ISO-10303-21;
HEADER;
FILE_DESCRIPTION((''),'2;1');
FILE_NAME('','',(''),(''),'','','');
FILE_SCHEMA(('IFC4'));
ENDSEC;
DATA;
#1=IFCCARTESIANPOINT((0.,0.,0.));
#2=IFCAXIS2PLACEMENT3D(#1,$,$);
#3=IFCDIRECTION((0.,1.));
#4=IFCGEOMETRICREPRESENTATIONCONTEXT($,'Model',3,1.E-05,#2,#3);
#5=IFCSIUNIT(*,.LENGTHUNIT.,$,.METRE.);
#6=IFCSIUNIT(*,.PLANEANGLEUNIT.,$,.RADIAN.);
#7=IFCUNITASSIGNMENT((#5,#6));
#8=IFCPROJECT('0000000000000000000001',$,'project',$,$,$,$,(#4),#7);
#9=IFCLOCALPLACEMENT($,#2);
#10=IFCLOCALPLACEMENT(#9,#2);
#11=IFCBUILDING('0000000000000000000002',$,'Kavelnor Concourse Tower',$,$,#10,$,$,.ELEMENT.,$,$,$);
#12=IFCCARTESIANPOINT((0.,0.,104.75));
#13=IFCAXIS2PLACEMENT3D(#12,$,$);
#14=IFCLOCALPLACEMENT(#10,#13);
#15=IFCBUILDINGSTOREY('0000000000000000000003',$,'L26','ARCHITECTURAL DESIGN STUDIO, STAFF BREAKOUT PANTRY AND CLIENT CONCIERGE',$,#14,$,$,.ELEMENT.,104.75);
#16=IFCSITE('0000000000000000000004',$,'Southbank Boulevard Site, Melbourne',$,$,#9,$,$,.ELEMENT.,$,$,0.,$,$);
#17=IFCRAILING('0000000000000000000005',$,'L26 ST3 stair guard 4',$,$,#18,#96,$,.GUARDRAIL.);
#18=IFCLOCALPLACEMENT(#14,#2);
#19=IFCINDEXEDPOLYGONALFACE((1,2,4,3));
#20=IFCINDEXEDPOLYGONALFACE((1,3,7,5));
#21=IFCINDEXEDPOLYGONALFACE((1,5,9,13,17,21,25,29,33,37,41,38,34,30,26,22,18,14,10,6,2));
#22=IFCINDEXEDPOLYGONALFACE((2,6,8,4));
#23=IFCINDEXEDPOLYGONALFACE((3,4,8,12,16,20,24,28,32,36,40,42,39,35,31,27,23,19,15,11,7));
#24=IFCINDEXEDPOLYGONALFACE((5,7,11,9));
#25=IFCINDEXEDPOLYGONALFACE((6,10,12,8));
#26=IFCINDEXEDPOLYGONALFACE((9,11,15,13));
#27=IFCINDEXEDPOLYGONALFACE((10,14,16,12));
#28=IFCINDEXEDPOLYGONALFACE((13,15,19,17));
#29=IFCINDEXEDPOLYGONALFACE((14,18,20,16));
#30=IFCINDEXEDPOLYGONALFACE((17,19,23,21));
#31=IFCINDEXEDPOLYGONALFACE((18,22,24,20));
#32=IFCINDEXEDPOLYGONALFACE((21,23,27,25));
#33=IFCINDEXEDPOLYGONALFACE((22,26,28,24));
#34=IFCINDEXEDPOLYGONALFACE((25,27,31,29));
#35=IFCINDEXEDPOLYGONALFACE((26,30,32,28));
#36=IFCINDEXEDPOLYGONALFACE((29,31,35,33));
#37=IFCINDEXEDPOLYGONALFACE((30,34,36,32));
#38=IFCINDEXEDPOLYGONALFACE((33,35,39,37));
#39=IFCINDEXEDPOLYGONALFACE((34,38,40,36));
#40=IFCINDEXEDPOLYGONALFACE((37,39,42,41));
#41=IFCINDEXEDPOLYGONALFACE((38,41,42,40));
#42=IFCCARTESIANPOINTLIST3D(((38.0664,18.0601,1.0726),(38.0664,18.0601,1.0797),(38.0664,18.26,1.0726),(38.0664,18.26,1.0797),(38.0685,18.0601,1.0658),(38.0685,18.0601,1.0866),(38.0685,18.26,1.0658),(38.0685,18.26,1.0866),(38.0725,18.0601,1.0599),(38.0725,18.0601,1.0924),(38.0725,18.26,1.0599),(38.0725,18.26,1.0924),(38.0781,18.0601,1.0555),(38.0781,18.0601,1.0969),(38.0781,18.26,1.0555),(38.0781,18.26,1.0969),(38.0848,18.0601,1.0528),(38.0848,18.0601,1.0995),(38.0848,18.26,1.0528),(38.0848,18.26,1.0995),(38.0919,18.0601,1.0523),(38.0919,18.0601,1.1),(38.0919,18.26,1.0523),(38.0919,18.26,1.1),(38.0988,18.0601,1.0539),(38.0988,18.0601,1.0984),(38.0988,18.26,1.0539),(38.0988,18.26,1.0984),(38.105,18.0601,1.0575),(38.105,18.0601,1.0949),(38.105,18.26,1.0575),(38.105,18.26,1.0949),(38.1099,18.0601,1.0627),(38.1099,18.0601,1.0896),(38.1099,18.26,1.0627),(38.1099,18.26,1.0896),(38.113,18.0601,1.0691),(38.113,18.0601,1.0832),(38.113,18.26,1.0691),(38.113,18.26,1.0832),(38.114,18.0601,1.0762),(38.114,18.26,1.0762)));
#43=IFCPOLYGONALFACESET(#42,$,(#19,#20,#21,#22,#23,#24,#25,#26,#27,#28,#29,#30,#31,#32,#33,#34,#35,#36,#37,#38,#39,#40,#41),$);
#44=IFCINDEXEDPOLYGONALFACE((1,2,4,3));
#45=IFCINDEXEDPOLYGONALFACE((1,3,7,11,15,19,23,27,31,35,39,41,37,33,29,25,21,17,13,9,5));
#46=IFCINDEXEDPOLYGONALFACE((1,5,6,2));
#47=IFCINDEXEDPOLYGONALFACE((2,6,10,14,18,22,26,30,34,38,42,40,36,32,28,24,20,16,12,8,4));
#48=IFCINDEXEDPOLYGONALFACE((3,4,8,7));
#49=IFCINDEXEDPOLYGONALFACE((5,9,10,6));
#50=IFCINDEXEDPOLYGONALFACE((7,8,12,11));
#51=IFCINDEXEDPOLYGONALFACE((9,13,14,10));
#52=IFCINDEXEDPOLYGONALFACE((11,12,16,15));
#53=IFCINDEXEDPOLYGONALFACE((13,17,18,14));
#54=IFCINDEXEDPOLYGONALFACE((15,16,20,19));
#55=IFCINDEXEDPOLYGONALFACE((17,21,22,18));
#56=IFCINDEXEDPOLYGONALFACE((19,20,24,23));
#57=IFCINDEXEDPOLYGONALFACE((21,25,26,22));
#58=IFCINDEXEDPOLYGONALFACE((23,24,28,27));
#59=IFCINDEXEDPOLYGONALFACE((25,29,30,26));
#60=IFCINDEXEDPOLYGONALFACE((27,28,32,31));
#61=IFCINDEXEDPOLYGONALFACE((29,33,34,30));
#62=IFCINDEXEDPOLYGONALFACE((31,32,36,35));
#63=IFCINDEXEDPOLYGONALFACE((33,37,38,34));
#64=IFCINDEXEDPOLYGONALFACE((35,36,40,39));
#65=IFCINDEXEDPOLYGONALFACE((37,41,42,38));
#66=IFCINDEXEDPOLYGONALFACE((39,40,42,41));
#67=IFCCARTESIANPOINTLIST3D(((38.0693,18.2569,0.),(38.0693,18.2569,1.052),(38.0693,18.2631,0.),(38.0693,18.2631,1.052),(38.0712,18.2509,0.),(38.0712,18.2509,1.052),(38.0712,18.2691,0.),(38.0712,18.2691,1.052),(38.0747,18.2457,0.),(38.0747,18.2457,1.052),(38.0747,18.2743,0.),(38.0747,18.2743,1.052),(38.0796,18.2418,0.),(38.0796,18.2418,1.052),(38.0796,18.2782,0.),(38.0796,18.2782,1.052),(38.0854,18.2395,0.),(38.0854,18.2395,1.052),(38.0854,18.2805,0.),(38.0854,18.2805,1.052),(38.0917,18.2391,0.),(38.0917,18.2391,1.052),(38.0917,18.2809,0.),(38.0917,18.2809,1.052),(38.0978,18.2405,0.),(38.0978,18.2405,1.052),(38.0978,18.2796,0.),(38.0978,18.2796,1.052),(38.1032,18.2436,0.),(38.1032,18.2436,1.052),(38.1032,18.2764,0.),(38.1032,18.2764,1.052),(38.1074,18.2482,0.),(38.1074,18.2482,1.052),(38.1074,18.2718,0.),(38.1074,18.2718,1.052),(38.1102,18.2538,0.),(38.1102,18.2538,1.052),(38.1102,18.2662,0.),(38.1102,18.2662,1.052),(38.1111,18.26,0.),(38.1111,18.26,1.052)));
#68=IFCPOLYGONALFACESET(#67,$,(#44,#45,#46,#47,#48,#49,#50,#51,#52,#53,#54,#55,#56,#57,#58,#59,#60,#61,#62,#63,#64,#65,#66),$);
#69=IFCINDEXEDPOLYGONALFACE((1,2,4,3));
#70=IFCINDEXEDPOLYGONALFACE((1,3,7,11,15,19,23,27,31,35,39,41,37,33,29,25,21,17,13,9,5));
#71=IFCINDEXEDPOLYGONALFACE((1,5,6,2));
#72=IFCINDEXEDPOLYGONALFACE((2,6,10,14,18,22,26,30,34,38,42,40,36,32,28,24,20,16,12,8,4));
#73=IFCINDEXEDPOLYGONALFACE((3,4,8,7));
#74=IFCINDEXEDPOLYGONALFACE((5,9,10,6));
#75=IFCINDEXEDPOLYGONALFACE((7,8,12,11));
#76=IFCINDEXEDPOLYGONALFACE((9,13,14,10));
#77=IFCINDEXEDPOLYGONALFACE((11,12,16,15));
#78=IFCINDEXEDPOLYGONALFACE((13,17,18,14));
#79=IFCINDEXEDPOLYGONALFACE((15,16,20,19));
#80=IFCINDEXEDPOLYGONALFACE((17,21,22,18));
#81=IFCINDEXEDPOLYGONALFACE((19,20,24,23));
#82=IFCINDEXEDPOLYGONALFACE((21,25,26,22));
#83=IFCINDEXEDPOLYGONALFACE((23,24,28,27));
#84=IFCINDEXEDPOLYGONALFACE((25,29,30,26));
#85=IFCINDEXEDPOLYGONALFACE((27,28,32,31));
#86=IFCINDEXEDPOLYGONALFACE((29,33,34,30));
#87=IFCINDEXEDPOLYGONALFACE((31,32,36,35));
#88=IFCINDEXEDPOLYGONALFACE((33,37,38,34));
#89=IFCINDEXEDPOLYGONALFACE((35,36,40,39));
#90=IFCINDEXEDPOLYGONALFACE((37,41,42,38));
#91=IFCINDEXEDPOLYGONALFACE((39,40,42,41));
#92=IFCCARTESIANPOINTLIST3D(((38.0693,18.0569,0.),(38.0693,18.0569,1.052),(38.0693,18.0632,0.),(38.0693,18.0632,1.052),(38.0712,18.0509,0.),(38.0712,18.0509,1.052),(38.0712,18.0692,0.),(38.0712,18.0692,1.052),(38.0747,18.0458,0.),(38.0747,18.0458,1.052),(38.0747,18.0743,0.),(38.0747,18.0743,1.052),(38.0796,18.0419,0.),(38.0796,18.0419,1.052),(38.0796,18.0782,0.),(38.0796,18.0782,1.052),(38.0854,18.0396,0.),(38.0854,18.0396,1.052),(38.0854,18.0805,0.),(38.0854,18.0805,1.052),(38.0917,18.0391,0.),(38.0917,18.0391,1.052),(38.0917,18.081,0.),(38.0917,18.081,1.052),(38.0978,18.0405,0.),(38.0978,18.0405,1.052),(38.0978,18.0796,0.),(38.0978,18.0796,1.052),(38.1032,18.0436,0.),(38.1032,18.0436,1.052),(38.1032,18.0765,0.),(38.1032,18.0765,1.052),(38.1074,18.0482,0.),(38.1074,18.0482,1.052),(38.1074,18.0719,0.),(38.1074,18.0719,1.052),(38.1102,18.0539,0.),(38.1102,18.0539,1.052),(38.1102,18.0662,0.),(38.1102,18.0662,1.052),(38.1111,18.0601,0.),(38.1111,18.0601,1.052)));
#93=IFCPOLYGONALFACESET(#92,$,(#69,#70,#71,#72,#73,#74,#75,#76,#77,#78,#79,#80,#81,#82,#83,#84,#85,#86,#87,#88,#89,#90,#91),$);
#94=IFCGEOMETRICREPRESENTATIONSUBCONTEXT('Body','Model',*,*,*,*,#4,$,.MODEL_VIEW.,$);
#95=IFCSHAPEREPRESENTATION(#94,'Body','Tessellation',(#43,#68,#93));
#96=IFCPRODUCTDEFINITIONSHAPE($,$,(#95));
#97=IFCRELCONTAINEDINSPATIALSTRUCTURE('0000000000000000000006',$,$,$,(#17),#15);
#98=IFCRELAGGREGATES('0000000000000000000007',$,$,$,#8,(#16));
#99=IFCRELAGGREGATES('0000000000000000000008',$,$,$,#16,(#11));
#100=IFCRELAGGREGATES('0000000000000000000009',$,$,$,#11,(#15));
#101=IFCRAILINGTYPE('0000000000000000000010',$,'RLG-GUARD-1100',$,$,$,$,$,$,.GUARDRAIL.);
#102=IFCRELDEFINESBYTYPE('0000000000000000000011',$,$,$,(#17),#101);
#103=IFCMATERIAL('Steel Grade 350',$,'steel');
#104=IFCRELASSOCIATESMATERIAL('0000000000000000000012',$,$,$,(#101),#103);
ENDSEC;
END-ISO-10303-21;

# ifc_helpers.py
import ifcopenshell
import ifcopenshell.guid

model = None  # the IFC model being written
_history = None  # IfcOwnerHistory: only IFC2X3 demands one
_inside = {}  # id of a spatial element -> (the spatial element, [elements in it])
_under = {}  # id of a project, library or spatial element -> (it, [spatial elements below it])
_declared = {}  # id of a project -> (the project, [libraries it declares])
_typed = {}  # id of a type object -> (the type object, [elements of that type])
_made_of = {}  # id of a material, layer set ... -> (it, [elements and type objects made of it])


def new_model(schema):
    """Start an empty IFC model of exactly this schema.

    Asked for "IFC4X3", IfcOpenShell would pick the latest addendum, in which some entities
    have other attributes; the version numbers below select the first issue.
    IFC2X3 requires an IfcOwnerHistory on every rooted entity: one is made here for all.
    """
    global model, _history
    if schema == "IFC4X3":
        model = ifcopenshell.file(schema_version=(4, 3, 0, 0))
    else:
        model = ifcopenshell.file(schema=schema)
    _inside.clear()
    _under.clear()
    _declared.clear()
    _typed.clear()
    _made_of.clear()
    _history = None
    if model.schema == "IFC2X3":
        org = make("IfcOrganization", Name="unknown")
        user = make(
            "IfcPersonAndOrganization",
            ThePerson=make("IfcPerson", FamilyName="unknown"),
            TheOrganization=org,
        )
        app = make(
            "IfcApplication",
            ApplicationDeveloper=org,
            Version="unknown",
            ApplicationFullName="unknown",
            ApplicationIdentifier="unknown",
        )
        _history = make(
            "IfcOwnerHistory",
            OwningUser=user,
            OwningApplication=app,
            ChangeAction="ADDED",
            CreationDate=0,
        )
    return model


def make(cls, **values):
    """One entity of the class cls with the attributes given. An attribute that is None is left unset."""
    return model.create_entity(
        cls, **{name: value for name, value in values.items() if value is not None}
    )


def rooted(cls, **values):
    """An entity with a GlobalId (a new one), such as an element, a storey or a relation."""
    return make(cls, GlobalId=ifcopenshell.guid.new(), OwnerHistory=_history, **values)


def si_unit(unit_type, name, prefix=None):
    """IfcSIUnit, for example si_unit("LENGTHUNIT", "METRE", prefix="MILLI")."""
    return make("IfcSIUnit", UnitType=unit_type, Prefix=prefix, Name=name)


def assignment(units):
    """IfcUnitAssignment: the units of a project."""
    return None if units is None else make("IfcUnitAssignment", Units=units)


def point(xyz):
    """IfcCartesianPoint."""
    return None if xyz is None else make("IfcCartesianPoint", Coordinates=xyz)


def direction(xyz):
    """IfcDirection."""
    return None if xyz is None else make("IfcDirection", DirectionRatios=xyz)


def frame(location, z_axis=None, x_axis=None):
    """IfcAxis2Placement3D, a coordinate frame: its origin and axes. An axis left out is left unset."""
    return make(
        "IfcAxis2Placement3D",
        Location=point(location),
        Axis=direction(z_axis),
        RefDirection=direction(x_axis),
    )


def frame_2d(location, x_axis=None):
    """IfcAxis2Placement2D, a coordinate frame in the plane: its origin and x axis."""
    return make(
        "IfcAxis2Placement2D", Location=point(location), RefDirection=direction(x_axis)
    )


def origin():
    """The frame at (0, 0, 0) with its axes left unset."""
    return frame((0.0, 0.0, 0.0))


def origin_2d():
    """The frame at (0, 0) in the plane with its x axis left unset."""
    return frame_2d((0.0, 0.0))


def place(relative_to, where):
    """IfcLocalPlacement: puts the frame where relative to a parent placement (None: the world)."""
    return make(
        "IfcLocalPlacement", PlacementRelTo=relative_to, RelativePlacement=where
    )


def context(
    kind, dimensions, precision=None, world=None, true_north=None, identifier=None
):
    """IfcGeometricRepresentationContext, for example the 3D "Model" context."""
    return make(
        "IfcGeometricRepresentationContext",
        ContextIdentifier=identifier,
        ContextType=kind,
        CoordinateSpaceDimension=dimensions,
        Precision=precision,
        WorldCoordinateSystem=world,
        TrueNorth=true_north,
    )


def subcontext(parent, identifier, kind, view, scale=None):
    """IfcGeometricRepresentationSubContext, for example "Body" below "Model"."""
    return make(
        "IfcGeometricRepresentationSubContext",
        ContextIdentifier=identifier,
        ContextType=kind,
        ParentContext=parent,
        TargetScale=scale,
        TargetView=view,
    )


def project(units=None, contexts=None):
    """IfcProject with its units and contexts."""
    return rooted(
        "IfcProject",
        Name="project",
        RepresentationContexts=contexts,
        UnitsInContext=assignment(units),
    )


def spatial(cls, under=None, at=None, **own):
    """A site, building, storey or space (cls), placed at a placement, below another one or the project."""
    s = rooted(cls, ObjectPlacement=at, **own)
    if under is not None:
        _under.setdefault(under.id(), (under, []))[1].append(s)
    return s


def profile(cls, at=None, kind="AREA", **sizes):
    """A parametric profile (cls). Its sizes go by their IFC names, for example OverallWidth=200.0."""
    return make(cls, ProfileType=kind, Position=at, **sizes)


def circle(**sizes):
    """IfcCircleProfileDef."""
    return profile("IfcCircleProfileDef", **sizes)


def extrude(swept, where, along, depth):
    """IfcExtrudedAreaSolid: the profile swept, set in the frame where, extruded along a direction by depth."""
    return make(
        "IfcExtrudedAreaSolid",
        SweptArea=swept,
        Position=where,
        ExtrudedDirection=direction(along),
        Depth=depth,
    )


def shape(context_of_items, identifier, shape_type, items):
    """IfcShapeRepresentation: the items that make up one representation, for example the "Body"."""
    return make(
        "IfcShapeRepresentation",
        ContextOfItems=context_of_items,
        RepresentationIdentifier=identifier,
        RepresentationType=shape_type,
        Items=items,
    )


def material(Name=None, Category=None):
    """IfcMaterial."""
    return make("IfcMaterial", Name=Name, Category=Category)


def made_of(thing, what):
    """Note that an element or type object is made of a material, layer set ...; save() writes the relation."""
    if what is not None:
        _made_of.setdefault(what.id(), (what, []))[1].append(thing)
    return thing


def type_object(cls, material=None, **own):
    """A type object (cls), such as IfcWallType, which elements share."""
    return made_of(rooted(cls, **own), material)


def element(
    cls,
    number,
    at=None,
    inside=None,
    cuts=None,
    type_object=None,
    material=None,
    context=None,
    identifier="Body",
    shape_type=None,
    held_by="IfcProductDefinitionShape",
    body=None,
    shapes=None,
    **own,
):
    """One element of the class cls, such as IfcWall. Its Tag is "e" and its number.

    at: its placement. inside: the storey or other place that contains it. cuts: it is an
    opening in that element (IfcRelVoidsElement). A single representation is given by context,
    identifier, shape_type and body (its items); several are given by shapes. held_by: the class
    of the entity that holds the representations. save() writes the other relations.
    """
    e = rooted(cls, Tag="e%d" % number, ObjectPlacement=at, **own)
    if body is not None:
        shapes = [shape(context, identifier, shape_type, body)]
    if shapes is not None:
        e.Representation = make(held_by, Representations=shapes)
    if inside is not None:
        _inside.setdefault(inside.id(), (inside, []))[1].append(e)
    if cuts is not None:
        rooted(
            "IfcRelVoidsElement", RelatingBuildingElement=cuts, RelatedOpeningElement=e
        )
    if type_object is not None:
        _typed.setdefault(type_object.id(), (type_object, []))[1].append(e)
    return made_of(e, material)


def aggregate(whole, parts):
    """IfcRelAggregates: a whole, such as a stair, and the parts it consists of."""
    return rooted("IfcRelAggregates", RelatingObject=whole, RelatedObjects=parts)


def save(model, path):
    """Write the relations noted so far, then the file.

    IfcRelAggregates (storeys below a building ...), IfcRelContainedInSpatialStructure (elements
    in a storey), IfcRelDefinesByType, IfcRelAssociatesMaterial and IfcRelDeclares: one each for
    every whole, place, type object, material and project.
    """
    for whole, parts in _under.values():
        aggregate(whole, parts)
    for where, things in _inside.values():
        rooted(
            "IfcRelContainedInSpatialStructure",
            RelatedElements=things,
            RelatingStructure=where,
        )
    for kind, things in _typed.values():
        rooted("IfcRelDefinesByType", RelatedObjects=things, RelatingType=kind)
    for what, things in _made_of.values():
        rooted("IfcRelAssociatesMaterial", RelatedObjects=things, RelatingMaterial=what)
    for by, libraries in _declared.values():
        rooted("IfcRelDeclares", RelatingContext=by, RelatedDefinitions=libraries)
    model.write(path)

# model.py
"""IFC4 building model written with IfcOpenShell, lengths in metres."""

from ifc_helpers import new_model, si_unit, direction, frame, origin, origin_2d, place, context, subcontext, project, spatial, circle, extrude, material, type_object, element, save


model = new_model("IFC4")

# Units and contexts
model_context = context("Model", 3, precision=1e-05, world=origin(), true_north=direction((0.0, 1.0)))
body_context = subcontext(model_context, "Body", "Model", "MODEL_VIEW")
ifc_project = project(units=[si_unit("LENGTHUNIT", "METRE"), si_unit("PLANEANGLEUNIT", "RADIAN")], contexts=[model_context])

# Site, building, storey
site_placement = place(None, origin())
site = spatial("IfcSite", under=ifc_project, at=site_placement, Name="Southbank Boulevard Site, Melbourne", CompositionType="ELEMENT", RefElevation=0.0)
building_placement = place(site_placement, origin())
building = spatial("IfcBuilding", under=site, at=building_placement, Name="Kavelnor Concourse Tower", CompositionType="ELEMENT")
storey_placement = place(building_placement, frame((0.0, 0.0, 104.75)))
storey = spatial("IfcBuildingStorey", under=building, at=storey_placement, Name="L26", Description="ARCHITECTURAL DESIGN STUDIO, STAFF BREAKOUT PANTRY AND CLIENT CONCIERGE", CompositionType="ELEMENT", Elevation=104.75)

# Shared definitions
ifc_material_1 = material(Name="Steel Grade 350", Category="steel")

# Railing
railing_type_1 = type_object("IfcRailingType", Name="RLG-GUARD-1100", PredefinedType="GUARDRAIL", material=ifc_material_1)
railing_1_placement = place(storey_placement, frame((38.0901, 18.26, 0.0)))
element("IfcRailing", 1, at=railing_1_placement, inside=storey, type_object=railing_type_1, Name="L26 ST3 stair guard 4", PredefinedType="GUARDRAIL", context=body_context, shape_type="SweptSolid", body=[
    extrude(circle(Radius=0.0239, at=origin_2d()), frame((0.0, 0.0, 1.0762), z_axis=(0.0, -1.0, 0.0), x_axis=(1.0, 0.0, 0.0)), (0.0, 0.0, 1.0), 0.2),
    extrude(circle(Radius=0.021, at=origin_2d()), origin(), (0.0, 0.0, 1.0), 1.052),
    extrude(circle(Radius=0.021, at=origin_2d()), frame((0.0, -0.2, 0.0)), (0.0, 0.0, 1.0), 1.052),
])

save(model, "model.ifc")
